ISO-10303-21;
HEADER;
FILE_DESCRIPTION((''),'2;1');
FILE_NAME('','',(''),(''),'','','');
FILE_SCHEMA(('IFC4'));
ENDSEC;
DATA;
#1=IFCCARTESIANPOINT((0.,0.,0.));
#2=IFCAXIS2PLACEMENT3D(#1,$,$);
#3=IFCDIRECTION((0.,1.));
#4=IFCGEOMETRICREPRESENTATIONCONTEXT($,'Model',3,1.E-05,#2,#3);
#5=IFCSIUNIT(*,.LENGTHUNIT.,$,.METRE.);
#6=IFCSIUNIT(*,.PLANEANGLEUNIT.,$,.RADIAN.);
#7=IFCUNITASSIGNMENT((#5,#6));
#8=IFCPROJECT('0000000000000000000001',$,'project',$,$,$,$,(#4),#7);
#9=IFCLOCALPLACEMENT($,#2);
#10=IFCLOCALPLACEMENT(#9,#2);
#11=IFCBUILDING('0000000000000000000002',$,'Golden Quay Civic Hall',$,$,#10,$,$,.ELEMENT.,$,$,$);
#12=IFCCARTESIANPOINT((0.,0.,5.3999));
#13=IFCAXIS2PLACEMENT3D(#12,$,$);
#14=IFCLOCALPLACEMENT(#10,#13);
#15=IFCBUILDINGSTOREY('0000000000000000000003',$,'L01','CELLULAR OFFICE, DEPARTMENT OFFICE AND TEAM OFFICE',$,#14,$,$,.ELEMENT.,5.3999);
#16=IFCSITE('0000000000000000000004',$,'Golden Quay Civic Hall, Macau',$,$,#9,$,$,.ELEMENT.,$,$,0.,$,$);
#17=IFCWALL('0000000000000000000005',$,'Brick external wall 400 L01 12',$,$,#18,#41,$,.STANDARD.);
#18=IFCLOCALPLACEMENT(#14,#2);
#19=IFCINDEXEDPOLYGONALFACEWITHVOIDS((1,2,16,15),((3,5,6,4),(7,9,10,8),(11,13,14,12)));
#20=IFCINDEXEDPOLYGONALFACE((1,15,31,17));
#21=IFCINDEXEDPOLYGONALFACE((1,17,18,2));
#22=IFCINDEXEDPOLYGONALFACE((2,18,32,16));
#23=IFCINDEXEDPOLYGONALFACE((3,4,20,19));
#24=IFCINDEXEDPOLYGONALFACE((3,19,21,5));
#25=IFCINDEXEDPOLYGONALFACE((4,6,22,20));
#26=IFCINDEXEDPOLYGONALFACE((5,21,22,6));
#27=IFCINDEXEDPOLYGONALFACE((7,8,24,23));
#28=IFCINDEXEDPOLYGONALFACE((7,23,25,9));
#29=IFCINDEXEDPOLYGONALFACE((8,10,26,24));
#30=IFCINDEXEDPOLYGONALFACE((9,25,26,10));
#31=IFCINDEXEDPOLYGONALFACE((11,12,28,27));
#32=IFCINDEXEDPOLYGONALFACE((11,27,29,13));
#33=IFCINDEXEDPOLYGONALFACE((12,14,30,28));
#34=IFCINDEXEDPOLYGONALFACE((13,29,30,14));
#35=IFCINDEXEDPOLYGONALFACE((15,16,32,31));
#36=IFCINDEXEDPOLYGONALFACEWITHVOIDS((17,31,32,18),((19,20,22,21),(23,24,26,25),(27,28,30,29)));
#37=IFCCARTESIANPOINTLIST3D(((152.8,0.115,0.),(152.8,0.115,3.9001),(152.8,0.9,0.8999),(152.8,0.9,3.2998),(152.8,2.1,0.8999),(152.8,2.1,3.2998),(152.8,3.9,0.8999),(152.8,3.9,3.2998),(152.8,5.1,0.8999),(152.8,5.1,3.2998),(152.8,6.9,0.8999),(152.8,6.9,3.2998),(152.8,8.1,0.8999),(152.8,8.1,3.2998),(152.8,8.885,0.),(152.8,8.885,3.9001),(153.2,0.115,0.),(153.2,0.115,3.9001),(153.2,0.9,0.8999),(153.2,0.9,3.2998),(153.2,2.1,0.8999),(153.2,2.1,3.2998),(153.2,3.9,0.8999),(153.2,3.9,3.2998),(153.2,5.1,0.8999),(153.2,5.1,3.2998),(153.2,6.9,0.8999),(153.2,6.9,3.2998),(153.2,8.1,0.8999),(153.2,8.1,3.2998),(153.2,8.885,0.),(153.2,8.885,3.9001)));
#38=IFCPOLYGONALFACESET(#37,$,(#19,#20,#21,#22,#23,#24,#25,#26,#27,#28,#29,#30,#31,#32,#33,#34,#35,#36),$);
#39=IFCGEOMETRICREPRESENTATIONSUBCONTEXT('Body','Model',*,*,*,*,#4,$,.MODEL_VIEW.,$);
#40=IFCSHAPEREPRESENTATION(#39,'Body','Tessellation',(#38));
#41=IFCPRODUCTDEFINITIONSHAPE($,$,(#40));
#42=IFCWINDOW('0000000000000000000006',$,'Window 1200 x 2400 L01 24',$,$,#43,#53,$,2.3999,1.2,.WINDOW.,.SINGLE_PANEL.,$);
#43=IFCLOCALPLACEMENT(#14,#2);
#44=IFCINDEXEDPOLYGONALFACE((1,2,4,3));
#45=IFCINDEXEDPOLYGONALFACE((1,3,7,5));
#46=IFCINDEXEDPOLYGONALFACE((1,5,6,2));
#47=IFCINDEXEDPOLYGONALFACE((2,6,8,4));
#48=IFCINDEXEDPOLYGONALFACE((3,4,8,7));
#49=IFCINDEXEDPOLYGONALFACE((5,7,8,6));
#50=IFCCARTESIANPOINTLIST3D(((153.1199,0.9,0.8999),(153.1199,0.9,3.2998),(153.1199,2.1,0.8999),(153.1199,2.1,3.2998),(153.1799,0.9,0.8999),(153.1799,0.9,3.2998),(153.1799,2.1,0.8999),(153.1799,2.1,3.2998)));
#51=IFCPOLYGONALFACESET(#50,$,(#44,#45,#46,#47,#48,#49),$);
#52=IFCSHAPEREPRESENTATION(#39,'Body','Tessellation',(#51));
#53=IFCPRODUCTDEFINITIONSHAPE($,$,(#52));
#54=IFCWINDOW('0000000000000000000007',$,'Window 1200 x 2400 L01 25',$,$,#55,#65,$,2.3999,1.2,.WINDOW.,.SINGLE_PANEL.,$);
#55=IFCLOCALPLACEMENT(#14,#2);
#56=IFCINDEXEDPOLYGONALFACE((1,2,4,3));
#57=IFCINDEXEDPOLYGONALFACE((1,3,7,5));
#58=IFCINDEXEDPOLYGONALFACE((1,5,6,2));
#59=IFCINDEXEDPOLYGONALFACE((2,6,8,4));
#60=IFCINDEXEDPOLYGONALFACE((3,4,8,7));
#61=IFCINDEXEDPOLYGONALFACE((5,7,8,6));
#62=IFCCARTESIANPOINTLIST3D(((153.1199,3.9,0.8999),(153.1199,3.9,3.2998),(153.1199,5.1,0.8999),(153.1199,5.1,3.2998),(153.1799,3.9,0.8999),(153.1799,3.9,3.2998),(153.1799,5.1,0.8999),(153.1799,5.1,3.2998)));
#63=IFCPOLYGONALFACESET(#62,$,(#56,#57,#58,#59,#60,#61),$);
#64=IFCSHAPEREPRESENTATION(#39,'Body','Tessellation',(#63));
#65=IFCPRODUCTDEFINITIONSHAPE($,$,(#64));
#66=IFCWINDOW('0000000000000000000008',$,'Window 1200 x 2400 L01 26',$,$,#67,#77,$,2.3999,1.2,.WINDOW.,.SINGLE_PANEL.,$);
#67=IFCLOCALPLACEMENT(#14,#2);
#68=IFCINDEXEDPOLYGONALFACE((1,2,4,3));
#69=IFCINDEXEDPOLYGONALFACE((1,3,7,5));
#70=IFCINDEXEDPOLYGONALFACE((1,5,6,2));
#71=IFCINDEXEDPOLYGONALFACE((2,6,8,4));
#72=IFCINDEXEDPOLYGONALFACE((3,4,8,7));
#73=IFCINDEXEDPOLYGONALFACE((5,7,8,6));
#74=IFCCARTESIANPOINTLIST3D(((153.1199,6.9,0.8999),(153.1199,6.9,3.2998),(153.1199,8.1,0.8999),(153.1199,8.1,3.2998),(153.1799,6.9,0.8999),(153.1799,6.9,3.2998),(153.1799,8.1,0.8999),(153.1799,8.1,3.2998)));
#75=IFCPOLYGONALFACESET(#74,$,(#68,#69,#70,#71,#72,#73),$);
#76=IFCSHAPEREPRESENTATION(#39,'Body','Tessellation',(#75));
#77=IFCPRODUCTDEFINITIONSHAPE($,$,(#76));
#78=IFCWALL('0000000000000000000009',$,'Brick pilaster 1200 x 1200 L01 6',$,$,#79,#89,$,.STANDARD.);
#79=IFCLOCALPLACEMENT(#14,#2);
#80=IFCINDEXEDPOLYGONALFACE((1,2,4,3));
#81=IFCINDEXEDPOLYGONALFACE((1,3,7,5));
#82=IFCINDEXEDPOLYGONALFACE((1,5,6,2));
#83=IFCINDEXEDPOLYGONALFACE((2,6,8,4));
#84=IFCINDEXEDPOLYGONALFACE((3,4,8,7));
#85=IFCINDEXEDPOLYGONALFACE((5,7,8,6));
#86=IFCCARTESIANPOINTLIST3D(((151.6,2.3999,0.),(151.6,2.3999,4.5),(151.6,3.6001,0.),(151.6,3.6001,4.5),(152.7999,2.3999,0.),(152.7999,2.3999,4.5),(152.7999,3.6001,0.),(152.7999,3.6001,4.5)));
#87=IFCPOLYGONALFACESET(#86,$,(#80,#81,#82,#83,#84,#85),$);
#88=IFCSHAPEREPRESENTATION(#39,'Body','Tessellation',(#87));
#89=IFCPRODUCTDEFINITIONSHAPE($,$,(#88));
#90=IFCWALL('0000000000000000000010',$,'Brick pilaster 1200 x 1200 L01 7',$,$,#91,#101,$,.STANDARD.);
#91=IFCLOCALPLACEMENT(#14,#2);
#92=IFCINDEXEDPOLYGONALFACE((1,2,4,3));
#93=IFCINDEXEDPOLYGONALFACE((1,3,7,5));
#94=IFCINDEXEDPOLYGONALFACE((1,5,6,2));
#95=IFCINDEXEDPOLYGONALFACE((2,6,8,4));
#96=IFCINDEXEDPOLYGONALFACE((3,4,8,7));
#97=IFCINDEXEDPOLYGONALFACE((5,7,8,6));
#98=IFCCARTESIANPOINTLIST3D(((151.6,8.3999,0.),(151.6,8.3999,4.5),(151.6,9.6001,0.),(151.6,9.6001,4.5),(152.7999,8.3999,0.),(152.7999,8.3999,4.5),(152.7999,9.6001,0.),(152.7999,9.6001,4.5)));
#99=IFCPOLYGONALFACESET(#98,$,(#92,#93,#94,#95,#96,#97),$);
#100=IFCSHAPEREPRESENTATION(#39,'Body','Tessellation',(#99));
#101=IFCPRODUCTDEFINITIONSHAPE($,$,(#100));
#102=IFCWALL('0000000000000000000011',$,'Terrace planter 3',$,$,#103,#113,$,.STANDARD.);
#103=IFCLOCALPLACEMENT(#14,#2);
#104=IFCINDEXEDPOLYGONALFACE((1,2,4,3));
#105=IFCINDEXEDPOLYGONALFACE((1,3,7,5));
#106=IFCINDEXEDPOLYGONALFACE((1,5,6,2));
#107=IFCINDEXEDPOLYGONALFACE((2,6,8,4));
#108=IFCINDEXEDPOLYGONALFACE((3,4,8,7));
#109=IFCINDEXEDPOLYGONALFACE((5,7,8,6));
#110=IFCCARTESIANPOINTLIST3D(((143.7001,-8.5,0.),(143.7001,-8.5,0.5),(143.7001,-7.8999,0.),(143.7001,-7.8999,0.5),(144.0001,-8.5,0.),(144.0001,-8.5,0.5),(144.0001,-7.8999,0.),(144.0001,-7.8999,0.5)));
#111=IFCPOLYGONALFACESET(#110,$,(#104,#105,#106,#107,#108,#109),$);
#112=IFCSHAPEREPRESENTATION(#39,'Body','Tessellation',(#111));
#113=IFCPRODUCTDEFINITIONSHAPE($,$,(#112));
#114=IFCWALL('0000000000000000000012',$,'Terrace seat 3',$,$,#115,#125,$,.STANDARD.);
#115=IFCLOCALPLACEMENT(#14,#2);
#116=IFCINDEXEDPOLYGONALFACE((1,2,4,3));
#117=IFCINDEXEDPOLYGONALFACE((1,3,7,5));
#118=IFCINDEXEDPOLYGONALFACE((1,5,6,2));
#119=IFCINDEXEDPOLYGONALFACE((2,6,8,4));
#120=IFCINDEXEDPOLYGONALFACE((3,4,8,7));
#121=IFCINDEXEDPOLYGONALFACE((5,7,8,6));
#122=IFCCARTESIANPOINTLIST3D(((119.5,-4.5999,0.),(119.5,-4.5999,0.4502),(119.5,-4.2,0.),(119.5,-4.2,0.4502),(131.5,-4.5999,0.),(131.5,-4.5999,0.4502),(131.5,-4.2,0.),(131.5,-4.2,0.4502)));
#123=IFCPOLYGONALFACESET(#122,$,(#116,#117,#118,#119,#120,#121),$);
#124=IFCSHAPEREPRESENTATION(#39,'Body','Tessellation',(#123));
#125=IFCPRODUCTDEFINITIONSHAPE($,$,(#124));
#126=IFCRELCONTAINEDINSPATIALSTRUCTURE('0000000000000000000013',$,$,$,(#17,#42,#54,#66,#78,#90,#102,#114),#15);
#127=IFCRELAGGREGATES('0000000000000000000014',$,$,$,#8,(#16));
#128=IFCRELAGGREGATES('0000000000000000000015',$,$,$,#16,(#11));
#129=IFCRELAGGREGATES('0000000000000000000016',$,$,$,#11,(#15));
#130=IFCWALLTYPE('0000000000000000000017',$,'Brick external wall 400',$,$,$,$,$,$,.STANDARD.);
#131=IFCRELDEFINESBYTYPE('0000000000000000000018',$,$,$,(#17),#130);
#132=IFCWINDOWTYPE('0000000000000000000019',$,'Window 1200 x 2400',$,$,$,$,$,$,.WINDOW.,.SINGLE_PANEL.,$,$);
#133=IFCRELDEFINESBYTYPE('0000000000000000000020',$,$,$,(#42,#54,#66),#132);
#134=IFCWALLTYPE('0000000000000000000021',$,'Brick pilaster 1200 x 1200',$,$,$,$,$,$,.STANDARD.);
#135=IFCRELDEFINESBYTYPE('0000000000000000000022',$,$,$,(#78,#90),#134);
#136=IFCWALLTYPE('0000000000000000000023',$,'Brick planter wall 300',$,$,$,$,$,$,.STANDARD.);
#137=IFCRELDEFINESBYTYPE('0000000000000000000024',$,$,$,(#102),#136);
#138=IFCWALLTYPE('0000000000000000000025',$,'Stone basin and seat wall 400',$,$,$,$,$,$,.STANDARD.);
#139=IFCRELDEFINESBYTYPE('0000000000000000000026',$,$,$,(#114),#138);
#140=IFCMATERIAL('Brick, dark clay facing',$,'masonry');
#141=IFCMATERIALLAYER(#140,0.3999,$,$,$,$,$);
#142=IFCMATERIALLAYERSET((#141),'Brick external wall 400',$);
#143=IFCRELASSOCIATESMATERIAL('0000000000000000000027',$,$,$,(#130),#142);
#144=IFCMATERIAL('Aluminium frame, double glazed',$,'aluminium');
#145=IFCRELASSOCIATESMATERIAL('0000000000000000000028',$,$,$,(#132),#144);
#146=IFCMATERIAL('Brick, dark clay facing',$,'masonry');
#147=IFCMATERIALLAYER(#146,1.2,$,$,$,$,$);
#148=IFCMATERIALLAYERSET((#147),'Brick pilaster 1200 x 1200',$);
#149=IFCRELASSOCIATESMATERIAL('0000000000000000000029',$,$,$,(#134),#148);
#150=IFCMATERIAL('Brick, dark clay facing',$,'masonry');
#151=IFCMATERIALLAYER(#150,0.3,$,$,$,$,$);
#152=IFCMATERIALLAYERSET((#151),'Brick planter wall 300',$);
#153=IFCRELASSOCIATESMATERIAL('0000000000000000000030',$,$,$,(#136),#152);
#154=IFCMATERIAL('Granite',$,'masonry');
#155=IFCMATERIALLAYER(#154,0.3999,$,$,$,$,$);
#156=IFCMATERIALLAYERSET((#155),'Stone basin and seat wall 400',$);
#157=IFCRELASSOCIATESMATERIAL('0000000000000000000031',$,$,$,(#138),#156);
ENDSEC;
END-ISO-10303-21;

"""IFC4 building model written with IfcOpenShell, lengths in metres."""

from ifc_helpers import new_model, si_unit, direction, frame, frame_2d, origin, place, context, subcontext, project, spatial, rectangle, extrude, material, layer, layer_set, type_object, element, fill, save


model = new_model("IFC4")

# Units and contexts
model_context = context("Model", 3, precision=1e-05, world=origin(), true_north=direction((0.0, 1.0)))
body_context = subcontext(model_context, "Body", "Model", "MODEL_VIEW")
ifc_project = project(units=[si_unit("LENGTHUNIT", "METRE"), si_unit("PLANEANGLEUNIT", "RADIAN")], contexts=[model_context])

# Site, building, storey
site_placement = place(None, origin())
site = spatial("IfcSite", under=ifc_project, at=site_placement, Name="Golden Quay Civic Hall, Macau", CompositionType="ELEMENT", RefElevation=0.0)
building_placement = place(site_placement, origin())
building = spatial("IfcBuilding", under=site, at=building_placement, Name="Golden Quay Civic Hall", CompositionType="ELEMENT")
storey_placement = place(building_placement, frame((0.0, 0.0, 5.3999)))
storey = spatial("IfcBuildingStorey", under=building, at=storey_placement, Name="L01", Description="CELLULAR OFFICE, DEPARTMENT OFFICE AND TEAM OFFICE", CompositionType="ELEMENT", Elevation=5.3999)

# Shared definitions
ifc_material_1 = material(Name="Brick, dark clay facing", Category="masonry")
ifc_layer_1 = layer(ifc_material_1, 0.3999)
ifc_layer_set_1 = layer_set([ifc_layer_1], Name="Brick external wall 400")
wall_type_1 = type_object("IfcWallType", Name="Brick external wall 400", PredefinedType="STANDARD", material=ifc_layer_set_1)
ifc_material_2 = material(Name="Aluminium frame, double glazed", Category="aluminium")
window_type = type_object("IfcWindowType", Name="Window 1200 x 2400", PartitioningType="SINGLE_PANEL", PredefinedType="WINDOW", material=ifc_material_2)

# Wall, openings, windows
wall_1_placement = place(storey_placement, frame((153.0, 0.115, 0.0), z_axis=(0.0, 0.0, 1.0), x_axis=(0.0, 1.0, 0.0)))
wall_1 = element("IfcWall", 1, at=wall_1_placement, inside=storey, type_object=wall_type_1, Name="Brick external wall 400 L01 12", PredefinedType="STANDARD", context=body_context, shape_type="SweptSolid", body=[
    extrude(rectangle(XDim=8.77, YDim=0.3999, at=frame_2d((4.385, 0.0))), origin(), (0.0, 0.0, 1.0), 3.9001),
])
opening_1_placement = place(wall_1_placement, frame((0.7849, 0.0, 0.8999)))
opening_1 = element("IfcOpeningElement", 2, at=opening_1_placement, cuts=wall_1, PredefinedType="OPENING", context=body_context, shape_type="SweptSolid", body=[
    extrude(rectangle(XDim=1.2, YDim=2.3999, at=frame_2d((0.6001, 1.2))), frame((0.0, 0.21, 0.0), z_axis=(0.0, -1.0, 0.0), x_axis=(1.0, 0.0, 0.0)), (0.0, 0.0, 1.0), 0.4199),
])
opening_2_placement = place(wall_1_placement, frame((3.7849, 0.0, 0.8999)))
opening_2 = element("IfcOpeningElement", 3, at=opening_2_placement, cuts=wall_1, PredefinedType="OPENING", context=body_context, shape_type="SweptSolid", body=[
    extrude(rectangle(XDim=1.2, YDim=2.3999, at=frame_2d((0.6001, 1.2))), frame((0.0, 0.21, 0.0), z_axis=(0.0, -1.0, 0.0), x_axis=(1.0, 0.0, 0.0)), (0.0, 0.0, 1.0), 0.4199),
])
opening_3_placement = place(wall_1_placement, frame((6.7849, 0.0, 0.8999)))
opening_3 = element("IfcOpeningElement", 4, at=opening_3_placement, cuts=wall_1, PredefinedType="OPENING", context=body_context, shape_type="SweptSolid", body=[
    extrude(rectangle(XDim=1.2, YDim=2.3999, at=frame_2d((0.6001, 1.2))), frame((0.0, 0.21, 0.0), z_axis=(0.0, -1.0, 0.0), x_axis=(1.0, 0.0, 0.0)), (0.0, 0.0, 1.0), 0.4199),
])
window_1_placement = place(opening_1_placement, origin())
window_1 = element("IfcWindow", 5, at=window_1_placement, inside=storey, type_object=window_type, Name="Window 1200 x 2400 L01 24", OverallHeight=2.3999, OverallWidth=1.2, PartitioningType="SINGLE_PANEL", PredefinedType="WINDOW", context=body_context, shape_type="SweptSolid", body=[
    extrude(rectangle(XDim=1.2, YDim=2.3999, at=frame_2d((0.6001, 1.2))), frame((0.0, -0.1199, 0.0), z_axis=(0.0, -1.0, 0.0), x_axis=(1.0, 0.0, 0.0)), (0.0, 0.0, 1.0), 0.0601),
])
fill(opening_1, window_1)
window_2_placement = place(opening_2_placement, origin())
window_2 = element("IfcWindow", 6, at=window_2_placement, inside=storey, type_object=window_type, Name="Window 1200 x 2400 L01 25", OverallHeight=2.3999, OverallWidth=1.2, PartitioningType="SINGLE_PANEL", PredefinedType="WINDOW", context=body_context, shape_type="SweptSolid", body=[
    extrude(rectangle(XDim=1.2, YDim=2.3999, at=frame_2d((0.6001, 1.2))), frame((0.0, -0.1199, 0.0), z_axis=(0.0, -1.0, 0.0), x_axis=(1.0, 0.0, 0.0)), (0.0, 0.0, 1.0), 0.0601),
])
fill(opening_2, window_2)
window_3_placement = place(opening_3_placement, origin())
window_3 = element("IfcWindow", 7, at=window_3_placement, inside=storey, type_object=window_type, Name="Window 1200 x 2400 L01 26", OverallHeight=2.3999, OverallWidth=1.2, PartitioningType="SINGLE_PANEL", PredefinedType="WINDOW", context=body_context, shape_type="SweptSolid", body=[
    extrude(rectangle(XDim=1.2, YDim=2.3999, at=frame_2d((0.6001, 1.2))), frame((0.0, -0.1199, 0.0), z_axis=(0.0, -1.0, 0.0), x_axis=(1.0, 0.0, 0.0)), (0.0, 0.0, 1.0), 0.0601),
])
fill(opening_3, window_3)

# Walls
ifc_material_3 = material(Name="Brick, dark clay facing", Category="masonry")
ifc_layer_2 = layer(ifc_material_3, 1.2)
ifc_layer_set_2 = layer_set([ifc_layer_2], Name="Brick pilaster 1200 x 1200")
wall_type_2 = type_object("IfcWallType", Name="Brick pilaster 1200 x 1200", PredefinedType="STANDARD", material=ifc_layer_set_2)
for number, where, z_axis, x_axis, name in (
    (8, (152.2, 2.3999, 0.0), (0.0, 0.0, 1.0), (0.0, 1.0, 0.0), "Brick pilaster 1200 x 1200 L01 6"),
    (9, (152.2, 8.3999, 0.0), (0.0, 0.0, 1.0), (0.0, 1.0, 0.0), "Brick pilaster 1200 x 1200 L01 7"),
):
    element("IfcWall", number, at=place(storey_placement, frame(where, z_axis=z_axis, x_axis=x_axis)), inside=storey, type_object=wall_type_2, Name=name, PredefinedType="STANDARD", context=body_context, shape_type="SweptSolid", body=[
        extrude(rectangle(XDim=1.2002, YDim=1.2, at=frame_2d((0.6001, 0.0))), origin(), (0.0, 0.0, 1.0), 4.5),
    ])
ifc_material_4 = material(Name="Brick, dark clay facing", Category="masonry")
ifc_layer_3 = layer(ifc_material_4, 0.3)
ifc_layer_set_3 = layer_set([ifc_layer_3], Name="Brick planter wall 300")
wall_type_3 = type_object("IfcWallType", Name="Brick planter wall 300", PredefinedType="STANDARD", material=ifc_layer_set_3)
wall_2_placement = place(storey_placement, frame((143.8501, -8.5, 0.0), z_axis=(0.0, 0.0, 1.0), x_axis=(0.0, 1.0, 0.0)))
element("IfcWall", 10, at=wall_2_placement, inside=storey, type_object=wall_type_3, Name="Terrace planter 3", PredefinedType="STANDARD", context=body_context, shape_type="SweptSolid", body=[
    extrude(rectangle(XDim=0.6001, YDim=0.3, at=frame_2d((0.3, 0.0))), origin(), (0.0, 0.0, 1.0), 0.5),
])
ifc_material_5 = material(Name="Granite", Category="masonry")
ifc_layer_4 = layer(ifc_material_5, 0.3999)
ifc_layer_set_4 = layer_set([ifc_layer_4], Name="Stone basin and seat wall 400")
wall_type_4 = type_object("IfcWallType", Name="Stone basin and seat wall 400", PredefinedType="STANDARD", material=ifc_layer_set_4)
wall_3_placement = place(storey_placement, frame((119.5, -4.3999, 0.0), z_axis=(0.0, 0.0, 1.0), x_axis=(1.0, 0.0, 0.0)))
element("IfcWall", 11, at=wall_3_placement, inside=storey, type_object=wall_type_4, Name="Terrace seat 3", PredefinedType="STANDARD", context=body_context, shape_type="SweptSolid", body=[
    extrude(rectangle(XDim=12.0, YDim=0.3999, at=frame_2d((6.0, 0.0))), origin(), (0.0, 0.0, 1.0), 0.4502),
])

save(model, "model.ifc")
